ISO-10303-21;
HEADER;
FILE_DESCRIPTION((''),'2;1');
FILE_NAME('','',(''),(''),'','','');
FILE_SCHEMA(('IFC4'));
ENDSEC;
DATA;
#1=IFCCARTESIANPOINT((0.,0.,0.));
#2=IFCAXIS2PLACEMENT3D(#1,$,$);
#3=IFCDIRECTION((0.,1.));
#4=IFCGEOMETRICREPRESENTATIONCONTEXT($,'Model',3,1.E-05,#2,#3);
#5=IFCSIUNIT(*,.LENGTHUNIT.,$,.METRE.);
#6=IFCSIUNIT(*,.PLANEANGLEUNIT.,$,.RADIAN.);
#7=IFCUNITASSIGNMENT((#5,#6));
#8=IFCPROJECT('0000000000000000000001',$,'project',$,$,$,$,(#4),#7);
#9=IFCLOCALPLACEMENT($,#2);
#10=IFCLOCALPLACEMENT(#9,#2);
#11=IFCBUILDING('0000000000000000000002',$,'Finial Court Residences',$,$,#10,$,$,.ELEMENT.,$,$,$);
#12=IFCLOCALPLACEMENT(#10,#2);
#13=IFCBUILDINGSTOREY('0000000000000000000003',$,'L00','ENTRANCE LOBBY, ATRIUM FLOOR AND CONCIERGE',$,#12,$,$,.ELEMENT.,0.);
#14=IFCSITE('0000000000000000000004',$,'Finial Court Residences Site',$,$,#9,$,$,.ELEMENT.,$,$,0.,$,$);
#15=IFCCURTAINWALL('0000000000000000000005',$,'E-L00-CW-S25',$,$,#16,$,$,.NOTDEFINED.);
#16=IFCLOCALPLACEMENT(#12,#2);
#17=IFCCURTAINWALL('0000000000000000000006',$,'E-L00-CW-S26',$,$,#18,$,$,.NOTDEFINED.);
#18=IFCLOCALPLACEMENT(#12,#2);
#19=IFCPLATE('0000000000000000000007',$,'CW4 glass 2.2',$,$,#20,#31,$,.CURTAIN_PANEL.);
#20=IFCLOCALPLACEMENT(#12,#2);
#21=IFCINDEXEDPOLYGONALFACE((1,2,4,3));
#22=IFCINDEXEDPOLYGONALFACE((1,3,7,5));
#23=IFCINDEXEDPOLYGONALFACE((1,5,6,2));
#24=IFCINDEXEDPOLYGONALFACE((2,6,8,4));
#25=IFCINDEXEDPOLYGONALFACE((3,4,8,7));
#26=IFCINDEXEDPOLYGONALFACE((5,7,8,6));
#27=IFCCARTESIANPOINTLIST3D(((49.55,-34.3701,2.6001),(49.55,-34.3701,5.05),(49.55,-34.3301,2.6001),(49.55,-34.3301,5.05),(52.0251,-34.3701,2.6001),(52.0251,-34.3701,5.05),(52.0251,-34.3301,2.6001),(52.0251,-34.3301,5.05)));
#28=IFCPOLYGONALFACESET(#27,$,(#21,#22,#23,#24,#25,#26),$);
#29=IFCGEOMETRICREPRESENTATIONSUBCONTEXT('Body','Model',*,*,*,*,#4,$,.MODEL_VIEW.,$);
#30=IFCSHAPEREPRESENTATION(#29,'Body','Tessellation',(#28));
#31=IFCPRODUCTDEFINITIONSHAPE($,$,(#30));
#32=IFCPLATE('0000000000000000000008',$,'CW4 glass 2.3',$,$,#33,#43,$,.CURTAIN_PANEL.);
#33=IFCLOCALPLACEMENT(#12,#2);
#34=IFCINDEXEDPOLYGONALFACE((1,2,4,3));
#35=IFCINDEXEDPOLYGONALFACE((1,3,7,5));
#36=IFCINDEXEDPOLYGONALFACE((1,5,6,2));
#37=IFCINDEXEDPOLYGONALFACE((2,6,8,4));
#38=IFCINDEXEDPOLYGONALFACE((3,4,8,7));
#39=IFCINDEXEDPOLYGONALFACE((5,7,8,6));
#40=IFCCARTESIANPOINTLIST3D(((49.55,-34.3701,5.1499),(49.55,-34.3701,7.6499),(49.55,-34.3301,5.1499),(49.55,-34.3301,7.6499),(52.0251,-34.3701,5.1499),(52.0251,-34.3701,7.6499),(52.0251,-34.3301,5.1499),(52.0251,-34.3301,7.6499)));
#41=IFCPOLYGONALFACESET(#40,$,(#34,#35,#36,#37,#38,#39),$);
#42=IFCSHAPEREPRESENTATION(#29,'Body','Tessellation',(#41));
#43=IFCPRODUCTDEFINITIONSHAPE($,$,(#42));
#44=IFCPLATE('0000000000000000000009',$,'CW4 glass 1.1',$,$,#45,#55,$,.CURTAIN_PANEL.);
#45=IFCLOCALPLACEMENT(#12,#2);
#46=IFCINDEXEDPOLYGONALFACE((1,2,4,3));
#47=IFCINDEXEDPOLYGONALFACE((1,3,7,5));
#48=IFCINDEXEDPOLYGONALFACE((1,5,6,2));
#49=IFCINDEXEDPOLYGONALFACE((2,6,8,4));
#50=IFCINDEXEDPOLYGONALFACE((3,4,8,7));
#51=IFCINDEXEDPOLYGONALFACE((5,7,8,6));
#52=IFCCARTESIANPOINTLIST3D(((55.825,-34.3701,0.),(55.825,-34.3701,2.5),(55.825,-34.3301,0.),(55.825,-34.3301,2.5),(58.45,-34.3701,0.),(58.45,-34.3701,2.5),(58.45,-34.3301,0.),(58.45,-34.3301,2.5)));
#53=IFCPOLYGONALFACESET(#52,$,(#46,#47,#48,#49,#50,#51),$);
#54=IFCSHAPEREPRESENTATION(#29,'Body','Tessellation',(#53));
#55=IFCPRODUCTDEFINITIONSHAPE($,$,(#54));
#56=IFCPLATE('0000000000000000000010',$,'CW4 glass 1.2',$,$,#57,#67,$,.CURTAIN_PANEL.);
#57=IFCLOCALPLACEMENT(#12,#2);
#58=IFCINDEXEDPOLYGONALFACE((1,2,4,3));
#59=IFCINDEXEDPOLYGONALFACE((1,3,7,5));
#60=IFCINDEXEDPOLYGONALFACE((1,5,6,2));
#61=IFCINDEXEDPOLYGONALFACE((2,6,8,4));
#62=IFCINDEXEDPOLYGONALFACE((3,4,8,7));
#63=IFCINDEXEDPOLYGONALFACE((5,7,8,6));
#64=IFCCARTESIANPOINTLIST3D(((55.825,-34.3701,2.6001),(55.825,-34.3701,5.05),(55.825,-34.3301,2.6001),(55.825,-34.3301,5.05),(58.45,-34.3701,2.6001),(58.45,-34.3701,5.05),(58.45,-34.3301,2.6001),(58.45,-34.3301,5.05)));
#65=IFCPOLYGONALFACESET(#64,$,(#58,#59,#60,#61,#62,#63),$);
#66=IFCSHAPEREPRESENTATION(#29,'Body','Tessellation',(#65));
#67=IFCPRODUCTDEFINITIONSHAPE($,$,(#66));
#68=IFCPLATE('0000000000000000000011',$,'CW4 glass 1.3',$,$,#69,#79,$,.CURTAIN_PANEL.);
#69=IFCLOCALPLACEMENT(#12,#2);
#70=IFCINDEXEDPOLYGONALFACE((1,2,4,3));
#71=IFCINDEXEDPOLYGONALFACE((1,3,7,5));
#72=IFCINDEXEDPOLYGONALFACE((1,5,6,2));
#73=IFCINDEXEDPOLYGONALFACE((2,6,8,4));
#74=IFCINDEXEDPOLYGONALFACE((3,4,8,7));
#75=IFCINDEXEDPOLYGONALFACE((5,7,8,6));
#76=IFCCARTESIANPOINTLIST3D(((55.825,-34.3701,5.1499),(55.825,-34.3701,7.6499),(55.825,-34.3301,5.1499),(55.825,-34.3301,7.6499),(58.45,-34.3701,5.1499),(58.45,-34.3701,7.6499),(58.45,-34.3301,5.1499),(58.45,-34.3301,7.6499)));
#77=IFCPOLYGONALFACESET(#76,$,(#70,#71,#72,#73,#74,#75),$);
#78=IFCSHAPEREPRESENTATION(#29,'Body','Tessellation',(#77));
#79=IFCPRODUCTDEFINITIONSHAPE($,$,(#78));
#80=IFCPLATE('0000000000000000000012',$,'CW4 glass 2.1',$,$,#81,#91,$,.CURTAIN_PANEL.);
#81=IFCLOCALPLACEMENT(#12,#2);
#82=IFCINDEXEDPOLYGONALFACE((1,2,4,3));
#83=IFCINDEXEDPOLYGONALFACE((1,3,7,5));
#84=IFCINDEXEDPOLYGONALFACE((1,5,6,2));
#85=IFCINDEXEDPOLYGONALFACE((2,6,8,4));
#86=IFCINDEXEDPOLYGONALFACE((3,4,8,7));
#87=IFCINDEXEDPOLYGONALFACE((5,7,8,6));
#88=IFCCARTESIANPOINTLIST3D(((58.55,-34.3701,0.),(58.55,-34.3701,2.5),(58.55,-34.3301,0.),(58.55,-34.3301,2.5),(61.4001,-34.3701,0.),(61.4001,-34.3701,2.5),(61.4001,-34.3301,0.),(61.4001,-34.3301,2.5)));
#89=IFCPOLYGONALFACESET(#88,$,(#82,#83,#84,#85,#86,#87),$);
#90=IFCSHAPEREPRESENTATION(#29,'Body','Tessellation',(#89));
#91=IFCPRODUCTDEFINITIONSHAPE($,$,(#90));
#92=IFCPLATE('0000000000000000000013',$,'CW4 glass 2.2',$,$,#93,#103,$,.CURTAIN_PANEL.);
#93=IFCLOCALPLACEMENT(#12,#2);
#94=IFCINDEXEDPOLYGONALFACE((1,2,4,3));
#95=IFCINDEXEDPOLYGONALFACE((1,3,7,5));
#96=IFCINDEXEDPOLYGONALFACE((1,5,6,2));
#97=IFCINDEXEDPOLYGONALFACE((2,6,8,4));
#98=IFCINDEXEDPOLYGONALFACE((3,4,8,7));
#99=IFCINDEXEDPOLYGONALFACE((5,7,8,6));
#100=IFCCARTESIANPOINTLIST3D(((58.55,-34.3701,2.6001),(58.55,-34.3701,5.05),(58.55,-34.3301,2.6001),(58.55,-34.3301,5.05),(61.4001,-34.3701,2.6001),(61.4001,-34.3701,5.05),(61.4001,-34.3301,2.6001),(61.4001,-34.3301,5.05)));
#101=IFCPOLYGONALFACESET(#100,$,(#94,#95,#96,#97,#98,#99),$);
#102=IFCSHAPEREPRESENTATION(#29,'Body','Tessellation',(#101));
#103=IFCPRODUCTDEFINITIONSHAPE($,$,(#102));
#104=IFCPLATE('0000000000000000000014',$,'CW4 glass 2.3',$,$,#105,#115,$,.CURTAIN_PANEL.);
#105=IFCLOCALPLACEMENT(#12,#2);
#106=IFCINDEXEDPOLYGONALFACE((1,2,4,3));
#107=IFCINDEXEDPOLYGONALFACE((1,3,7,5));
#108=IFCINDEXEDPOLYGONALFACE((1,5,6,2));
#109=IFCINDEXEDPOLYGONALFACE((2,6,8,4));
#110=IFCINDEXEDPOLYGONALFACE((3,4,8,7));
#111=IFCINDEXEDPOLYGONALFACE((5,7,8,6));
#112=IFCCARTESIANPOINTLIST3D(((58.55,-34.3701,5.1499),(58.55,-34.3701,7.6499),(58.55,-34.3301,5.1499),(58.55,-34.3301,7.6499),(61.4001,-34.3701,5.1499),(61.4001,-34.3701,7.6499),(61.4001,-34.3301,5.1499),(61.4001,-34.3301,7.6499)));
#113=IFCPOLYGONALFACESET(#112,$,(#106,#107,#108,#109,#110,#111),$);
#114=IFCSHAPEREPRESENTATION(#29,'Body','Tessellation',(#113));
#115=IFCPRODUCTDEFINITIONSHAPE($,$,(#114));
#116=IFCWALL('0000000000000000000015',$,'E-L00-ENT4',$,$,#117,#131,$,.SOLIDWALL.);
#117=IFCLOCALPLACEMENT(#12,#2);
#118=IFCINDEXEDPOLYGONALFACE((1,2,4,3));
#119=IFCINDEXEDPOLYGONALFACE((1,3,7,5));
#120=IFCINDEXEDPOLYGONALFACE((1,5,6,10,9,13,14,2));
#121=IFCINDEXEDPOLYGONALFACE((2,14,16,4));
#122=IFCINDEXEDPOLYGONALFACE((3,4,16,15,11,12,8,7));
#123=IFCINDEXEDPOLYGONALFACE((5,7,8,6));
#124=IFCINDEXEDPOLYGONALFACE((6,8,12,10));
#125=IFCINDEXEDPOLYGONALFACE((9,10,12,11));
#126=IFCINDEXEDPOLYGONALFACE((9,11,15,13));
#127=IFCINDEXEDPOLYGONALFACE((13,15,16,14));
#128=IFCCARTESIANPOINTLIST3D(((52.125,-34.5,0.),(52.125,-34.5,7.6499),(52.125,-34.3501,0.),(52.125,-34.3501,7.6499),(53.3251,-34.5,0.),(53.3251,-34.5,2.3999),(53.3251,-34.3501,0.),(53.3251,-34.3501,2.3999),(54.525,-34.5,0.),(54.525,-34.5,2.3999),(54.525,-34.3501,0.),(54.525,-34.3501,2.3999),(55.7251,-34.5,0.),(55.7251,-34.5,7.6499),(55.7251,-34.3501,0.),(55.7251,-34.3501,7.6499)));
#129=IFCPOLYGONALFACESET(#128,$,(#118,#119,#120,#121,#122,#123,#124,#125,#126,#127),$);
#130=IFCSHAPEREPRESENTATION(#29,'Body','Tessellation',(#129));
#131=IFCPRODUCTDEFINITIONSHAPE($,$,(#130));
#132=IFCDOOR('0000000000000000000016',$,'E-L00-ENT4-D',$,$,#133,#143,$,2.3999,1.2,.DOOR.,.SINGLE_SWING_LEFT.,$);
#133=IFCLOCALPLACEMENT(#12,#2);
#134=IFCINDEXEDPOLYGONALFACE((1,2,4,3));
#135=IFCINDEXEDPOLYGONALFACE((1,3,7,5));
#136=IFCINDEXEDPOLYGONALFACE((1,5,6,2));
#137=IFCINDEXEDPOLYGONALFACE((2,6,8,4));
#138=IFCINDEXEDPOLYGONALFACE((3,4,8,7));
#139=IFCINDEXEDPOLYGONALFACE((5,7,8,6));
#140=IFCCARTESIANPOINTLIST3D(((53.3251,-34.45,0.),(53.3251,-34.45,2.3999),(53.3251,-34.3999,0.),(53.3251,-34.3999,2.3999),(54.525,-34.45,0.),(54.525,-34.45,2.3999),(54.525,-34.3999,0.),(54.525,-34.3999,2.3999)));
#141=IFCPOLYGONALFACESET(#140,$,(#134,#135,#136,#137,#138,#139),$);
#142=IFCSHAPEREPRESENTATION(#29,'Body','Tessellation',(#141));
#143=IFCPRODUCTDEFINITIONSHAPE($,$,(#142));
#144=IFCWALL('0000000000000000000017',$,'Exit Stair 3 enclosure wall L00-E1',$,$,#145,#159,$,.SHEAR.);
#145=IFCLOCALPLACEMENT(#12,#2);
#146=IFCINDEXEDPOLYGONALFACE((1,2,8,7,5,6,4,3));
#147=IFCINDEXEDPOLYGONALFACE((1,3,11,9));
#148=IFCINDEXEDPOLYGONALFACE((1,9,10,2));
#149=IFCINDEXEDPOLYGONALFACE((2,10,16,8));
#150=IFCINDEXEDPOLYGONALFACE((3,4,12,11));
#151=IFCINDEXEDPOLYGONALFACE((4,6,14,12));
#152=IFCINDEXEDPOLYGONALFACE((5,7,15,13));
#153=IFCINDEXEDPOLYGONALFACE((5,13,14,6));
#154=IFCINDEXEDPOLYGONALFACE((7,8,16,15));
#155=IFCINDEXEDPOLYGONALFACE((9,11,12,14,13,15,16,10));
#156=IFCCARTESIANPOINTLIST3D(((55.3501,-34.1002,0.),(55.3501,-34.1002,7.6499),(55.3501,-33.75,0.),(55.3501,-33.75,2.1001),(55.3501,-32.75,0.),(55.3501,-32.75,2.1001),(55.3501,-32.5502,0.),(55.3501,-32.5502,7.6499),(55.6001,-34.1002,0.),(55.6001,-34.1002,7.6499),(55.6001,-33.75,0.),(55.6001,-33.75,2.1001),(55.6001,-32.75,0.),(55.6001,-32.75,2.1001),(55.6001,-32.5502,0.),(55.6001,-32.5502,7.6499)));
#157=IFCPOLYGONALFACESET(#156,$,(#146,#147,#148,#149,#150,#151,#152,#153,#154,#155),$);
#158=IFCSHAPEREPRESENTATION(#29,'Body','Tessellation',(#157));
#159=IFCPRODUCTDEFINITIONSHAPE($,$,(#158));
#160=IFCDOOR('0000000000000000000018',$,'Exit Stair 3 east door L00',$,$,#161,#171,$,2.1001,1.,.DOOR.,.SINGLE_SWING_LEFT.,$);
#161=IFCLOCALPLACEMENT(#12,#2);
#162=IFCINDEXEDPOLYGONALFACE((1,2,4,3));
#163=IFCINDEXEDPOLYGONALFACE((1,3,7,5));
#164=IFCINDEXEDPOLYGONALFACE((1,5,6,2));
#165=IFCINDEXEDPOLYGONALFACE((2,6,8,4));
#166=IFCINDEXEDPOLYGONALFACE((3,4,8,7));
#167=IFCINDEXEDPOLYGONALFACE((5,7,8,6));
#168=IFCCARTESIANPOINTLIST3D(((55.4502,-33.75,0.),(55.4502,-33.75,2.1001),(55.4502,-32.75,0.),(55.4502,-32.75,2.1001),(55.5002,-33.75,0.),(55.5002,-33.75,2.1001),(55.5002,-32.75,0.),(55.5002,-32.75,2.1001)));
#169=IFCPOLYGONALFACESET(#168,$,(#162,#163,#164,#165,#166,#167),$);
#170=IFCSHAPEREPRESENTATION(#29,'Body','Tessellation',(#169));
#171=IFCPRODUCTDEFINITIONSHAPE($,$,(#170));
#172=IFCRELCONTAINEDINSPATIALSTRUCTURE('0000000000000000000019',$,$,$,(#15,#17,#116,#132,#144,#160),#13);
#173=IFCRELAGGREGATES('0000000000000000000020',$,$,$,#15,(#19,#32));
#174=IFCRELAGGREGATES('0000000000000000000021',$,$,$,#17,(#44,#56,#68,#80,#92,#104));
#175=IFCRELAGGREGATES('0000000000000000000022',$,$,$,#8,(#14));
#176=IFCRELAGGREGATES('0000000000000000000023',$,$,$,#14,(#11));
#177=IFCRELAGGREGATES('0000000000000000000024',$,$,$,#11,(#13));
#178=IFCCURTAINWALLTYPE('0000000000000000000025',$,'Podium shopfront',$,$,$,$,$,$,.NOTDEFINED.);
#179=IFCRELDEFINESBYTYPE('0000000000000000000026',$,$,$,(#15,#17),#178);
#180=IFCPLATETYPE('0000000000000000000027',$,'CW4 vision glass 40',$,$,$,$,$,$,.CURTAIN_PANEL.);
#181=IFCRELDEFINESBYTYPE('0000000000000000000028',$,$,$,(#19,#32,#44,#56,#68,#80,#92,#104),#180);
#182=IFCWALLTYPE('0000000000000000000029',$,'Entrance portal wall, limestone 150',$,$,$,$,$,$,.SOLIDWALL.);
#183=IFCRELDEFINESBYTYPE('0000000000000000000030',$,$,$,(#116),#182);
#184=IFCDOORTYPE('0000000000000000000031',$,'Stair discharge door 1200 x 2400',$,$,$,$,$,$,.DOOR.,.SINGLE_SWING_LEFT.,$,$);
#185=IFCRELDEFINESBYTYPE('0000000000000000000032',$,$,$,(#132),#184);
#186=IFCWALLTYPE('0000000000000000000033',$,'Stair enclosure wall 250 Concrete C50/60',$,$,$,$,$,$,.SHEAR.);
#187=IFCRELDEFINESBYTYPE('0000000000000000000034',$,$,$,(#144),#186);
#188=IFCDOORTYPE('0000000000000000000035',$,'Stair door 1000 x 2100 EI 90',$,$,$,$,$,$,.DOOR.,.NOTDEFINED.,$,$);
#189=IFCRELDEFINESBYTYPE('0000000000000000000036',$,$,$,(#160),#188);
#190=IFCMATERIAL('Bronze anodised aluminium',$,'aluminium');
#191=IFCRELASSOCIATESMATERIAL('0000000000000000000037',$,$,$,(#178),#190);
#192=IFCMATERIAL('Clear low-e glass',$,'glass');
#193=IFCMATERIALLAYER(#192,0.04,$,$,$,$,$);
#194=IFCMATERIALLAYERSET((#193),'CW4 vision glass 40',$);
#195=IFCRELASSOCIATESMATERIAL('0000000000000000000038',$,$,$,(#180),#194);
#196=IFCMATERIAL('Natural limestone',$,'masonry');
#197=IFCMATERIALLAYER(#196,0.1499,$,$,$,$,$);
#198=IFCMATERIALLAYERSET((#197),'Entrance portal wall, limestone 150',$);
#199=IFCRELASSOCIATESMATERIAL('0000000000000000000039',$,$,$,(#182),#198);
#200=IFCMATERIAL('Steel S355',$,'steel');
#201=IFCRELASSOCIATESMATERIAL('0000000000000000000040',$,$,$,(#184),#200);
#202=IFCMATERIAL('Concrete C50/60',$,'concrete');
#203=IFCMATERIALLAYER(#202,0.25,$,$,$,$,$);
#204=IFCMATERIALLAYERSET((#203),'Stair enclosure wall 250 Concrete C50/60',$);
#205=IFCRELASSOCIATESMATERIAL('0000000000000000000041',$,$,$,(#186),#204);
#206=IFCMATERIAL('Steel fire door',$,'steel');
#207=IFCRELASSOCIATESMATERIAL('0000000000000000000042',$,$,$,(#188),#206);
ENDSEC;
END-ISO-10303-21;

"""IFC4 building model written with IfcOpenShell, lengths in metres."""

from ifc_helpers import new_model, si_unit, direction, frame, frame_2d, origin, origin_2d, place, context, subcontext, project, spatial, rectangle, extrude, material, layer, layer_set, type_object, element, fill, aggregate, save


model = new_model("IFC4")

# Units and contexts
model_context = context("Model", 3, precision=1e-05, world=origin(), true_north=direction((0.0, 1.0)))
body_context = subcontext(model_context, "Body", "Model", "MODEL_VIEW")
ifc_project = project(units=[si_unit("LENGTHUNIT", "METRE"), si_unit("PLANEANGLEUNIT", "RADIAN")], contexts=[model_context])

# Site, building, storey
site_placement = place(None, origin())
site = spatial("IfcSite", under=ifc_project, at=site_placement, Name="Finial Court Residences Site", CompositionType="ELEMENT", RefElevation=0.0)
building_placement = place(site_placement, origin())
building = spatial("IfcBuilding", under=site, at=building_placement, Name="Finial Court Residences", CompositionType="ELEMENT")
storey_placement = place(building_placement, origin())
storey = spatial("IfcBuildingStorey", under=building, at=storey_placement, Name="L00", Description="ENTRANCE LOBBY, ATRIUM FLOOR AND CONCIERGE", CompositionType="ELEMENT", Elevation=0.0)

# Curtain wall
ifc_material_1 = material(Name="Bronze anodised aluminium", Category="aluminium")
curtain_wall_type = type_object("IfcCurtainWallType", Name="Podium shopfront", PredefinedType="NOTDEFINED", material=ifc_material_1)
curtain_wall_1_placement = place(storey_placement, origin())
curtain_wall_1 = element("IfcCurtainWall", 1, at=curtain_wall_1_placement, inside=storey, type_object=curtain_wall_type, Name="E-L00-CW-S25", PredefinedType="NOTDEFINED")

# Curtain wall
curtain_wall_2_placement = place(storey_placement, origin())
curtain_wall_2 = element("IfcCurtainWall", 2, at=curtain_wall_2_placement, inside=storey, type_object=curtain_wall_type, Name="E-L00-CW-S26", PredefinedType="NOTDEFINED")

# Plates
ifc_material_2 = material(Name="Clear low-e glass", Category="glass")
ifc_layer_1 = layer(ifc_material_2, 0.04)
ifc_layer_set_1 = layer_set([ifc_layer_1], Name="CW4 vision glass 40")
plate_type = type_object("IfcPlateType", Name="CW4 vision glass 40", PredefinedType="CURTAIN_PANEL", material=ifc_layer_set_1)
plate_1_placement = place(storey_placement, frame((50.7876, -34.3501, 2.6001), z_axis=(0.0, 0.0, 1.0), x_axis=(1.0, 0.0, 0.0)))
plate_1 = element("IfcPlate", 3, at=plate_1_placement, type_object=plate_type, Name="CW4 glass 2.2", PredefinedType="CURTAIN_PANEL", context=body_context, shape_type="SweptSolid", body=[
    extrude(rectangle(XDim=2.4751, YDim=0.04, at=origin_2d()), origin(), (0.0, 0.0, 1.0), 2.45),
])
plate_2_placement = place(storey_placement, frame((50.7876, -34.3501, 5.1499), z_axis=(0.0, 0.0, 1.0), x_axis=(1.0, 0.0, 0.0)))
plate_2 = element("IfcPlate", 4, at=plate_2_placement, type_object=plate_type, Name="CW4 glass 2.3", PredefinedType="CURTAIN_PANEL", context=body_context, shape_type="SweptSolid", body=[
    extrude(rectangle(XDim=2.4751, YDim=0.04, at=origin_2d()), origin(), (0.0, 0.0, 1.0), 2.5),
])
aggregate(curtain_wall_1, [plate_1, plate_2])
plate_3_placement = place(storey_placement, frame((57.1375, -34.3501, 0.0), z_axis=(0.0, 0.0, 1.0), x_axis=(1.0, 0.0, 0.0)))
plate_3 = element("IfcPlate", 5, at=plate_3_placement, type_object=plate_type, Name="CW4 glass 1.1", PredefinedType="CURTAIN_PANEL", context=body_context, shape_type="SweptSolid", body=[
    extrude(rectangle(XDim=2.625, YDim=0.04, at=origin_2d()), origin(), (0.0, 0.0, 1.0), 2.5),
])
plate_4_placement = place(storey_placement, frame((57.1375, -34.3501, 2.6001), z_axis=(0.0, 0.0, 1.0), x_axis=(1.0, 0.0, 0.0)))
plate_4 = element("IfcPlate", 6, at=plate_4_placement, type_object=plate_type, Name="CW4 glass 1.2", PredefinedType="CURTAIN_PANEL", context=body_context, shape_type="SweptSolid", body=[
    extrude(rectangle(XDim=2.625, YDim=0.04, at=origin_2d()), origin(), (0.0, 0.0, 1.0), 2.45),
])
plate_5_placement = place(storey_placement, frame((57.1375, -34.3501, 5.1499), z_axis=(0.0, 0.0, 1.0), x_axis=(1.0, 0.0, 0.0)))
plate_5 = element("IfcPlate", 7, at=plate_5_placement, type_object=plate_type, Name="CW4 glass 1.3", PredefinedType="CURTAIN_PANEL", context=body_context, shape_type="SweptSolid", body=[
    extrude(rectangle(XDim=2.625, YDim=0.04, at=origin_2d()), origin(), (0.0, 0.0, 1.0), 2.5),
])
plate_6_placement = place(storey_placement, frame((59.9751, -34.3501, 0.0), z_axis=(0.0, 0.0, 1.0), x_axis=(1.0, 0.0, 0.0)))
plate_6 = element("IfcPlate", 8, at=plate_6_placement, type_object=plate_type, Name="CW4 glass 2.1", PredefinedType="CURTAIN_PANEL", context=body_context, shape_type="SweptSolid", body=[
    extrude(rectangle(XDim=2.8501, YDim=0.04, at=origin_2d()), origin(), (0.0, 0.0, 1.0), 2.5),
])
plate_7_placement = place(storey_placement, frame((59.9751, -34.3501, 2.6001), z_axis=(0.0, 0.0, 1.0), x_axis=(1.0, 0.0, 0.0)))
plate_7 = element("IfcPlate", 9, at=plate_7_placement, type_object=plate_type, Name="CW4 glass 2.2", PredefinedType="CURTAIN_PANEL", context=body_context, shape_type="SweptSolid", body=[
    extrude(rectangle(XDim=2.8501, YDim=0.04, at=origin_2d()), origin(), (0.0, 0.0, 1.0), 2.45),
])
plate_8_placement = place(storey_placement, frame((59.9751, -34.3501, 5.1499), z_axis=(0.0, 0.0, 1.0), x_axis=(1.0, 0.0, 0.0)))
plate_8 = element("IfcPlate", 10, at=plate_8_placement, type_object=plate_type, Name="CW4 glass 2.3", PredefinedType="CURTAIN_PANEL", context=body_context, shape_type="SweptSolid", body=[
    extrude(rectangle(XDim=2.8501, YDim=0.04, at=origin_2d()), origin(), (0.0, 0.0, 1.0), 2.5),
])
aggregate(curtain_wall_2, [plate_3, plate_4, plate_5, plate_6, plate_7, plate_8])

# Walls, openings, doors
ifc_material_3 = material(Name="Natural limestone", Category="masonry")
ifc_layer_2 = layer(ifc_material_3, 0.1499)
ifc_layer_set_2 = layer_set([ifc_layer_2], Name="Entrance portal wall, limestone 150")
wall_type_1 = type_object("IfcWallType", Name="Entrance portal wall, limestone 150", PredefinedType="SOLIDWALL", material=ifc_layer_set_2)
wall_1_placement = place(storey_placement, frame((55.7251, -34.425, 0.0), z_axis=(0.0, 0.0, 1.0), x_axis=(-1.0, 0.0, 0.0)))
wall_1 = element("IfcWall", 11, at=wall_1_placement, inside=storey, type_object=wall_type_1, Name="E-L00-ENT4", PredefinedType="SOLIDWALL", context=body_context, shape_type="SweptSolid", body=[
    extrude(rectangle(XDim=3.6001, YDim=0.1499, at=frame_2d((1.8, 0.0))), origin(), (0.0, 0.0, 1.0), 7.6499),
])
opening_1_placement = place(wall_1_placement, frame((1.2, 0.0, 0.0)))
opening_1 = element("IfcOpeningElement", 12, at=opening_1_placement, cuts=wall_1, PredefinedType="OPENING", context=body_context, shape_type="SweptSolid", body=[
    extrude(rectangle(XDim=1.2, YDim=2.3999, at=frame_2d((0.6001, 1.2))), frame((0.0, 0.085, 0.0), z_axis=(0.0, -1.0, 0.0), x_axis=(1.0, 0.0, 0.0)), (0.0, 0.0, 1.0), 0.1699),
])
ifc_material_4 = material(Name="Steel S355", Category="steel")
door_type_1 = type_object("IfcDoorType", Name="Stair discharge door 1200 x 2400", OperationType="SINGLE_SWING_LEFT", PredefinedType="DOOR", material=ifc_material_4)
door_1_placement = place(opening_1_placement, origin())
door_1 = element("IfcDoor", 13, at=door_1_placement, inside=storey, type_object=door_type_1, Name="E-L00-ENT4-D", OperationType="SINGLE_SWING_LEFT", OverallHeight=2.3999, OverallWidth=1.2, PredefinedType="DOOR", context=body_context, shape_type="SweptSolid", body=[
    extrude(rectangle(XDim=1.2, YDim=2.3999, at=frame_2d((0.6001, 1.2))), frame((0.0, 0.0249, 0.0), z_axis=(0.0, -1.0, 0.0), x_axis=(1.0, 0.0, 0.0)), (0.0, 0.0, 1.0), 0.05),
])
fill(opening_1, door_1)
ifc_material_5 = material(Name="Concrete C50/60", Category="concrete")
ifc_layer_3 = layer(ifc_material_5, 0.25)
ifc_layer_set_3 = layer_set([ifc_layer_3], Name="Stair enclosure wall 250 Concrete C50/60")
wall_type_2 = type_object("IfcWallType", Name="Stair enclosure wall 250 Concrete C50/60", PredefinedType="SHEAR", material=ifc_layer_set_3)
wall_2_placement = place(storey_placement, frame((55.4751, -34.1001, 0.0), z_axis=(0.0, 0.0, 1.0), x_axis=(0.0, 1.0, 0.0)))
wall_2 = element("IfcWall", 14, at=wall_2_placement, inside=storey, type_object=wall_type_2, Name="Exit Stair 3 enclosure wall L00-E1", PredefinedType="SHEAR", context=body_context, shape_type="SweptSolid", body=[
    extrude(rectangle(XDim=1.55, YDim=0.25, at=frame_2d((0.7749, 0.0))), origin(), (0.0, 0.0, 1.0), 7.6499),
])
opening_2_placement = place(wall_2_placement, frame((0.3501, 0.0, 0.0)))
opening_2 = element("IfcOpeningElement", 15, at=opening_2_placement, cuts=wall_2, PredefinedType="OPENING", context=body_context, shape_type="SweptSolid", body=[
    extrude(rectangle(XDim=1.0, YDim=2.1001, at=frame_2d((0.5, 1.05))), frame((0.0, 0.135, 0.0), z_axis=(0.0, -1.0, 0.0), x_axis=(1.0, 0.0, 0.0)), (0.0, 0.0, 1.0), 0.27),
])
ifc_material_6 = material(Name="Steel fire door", Category="steel")
door_type_2 = type_object("IfcDoorType", Name="Stair door 1000 x 2100 EI 90", OperationType="NOTDEFINED", PredefinedType="DOOR", material=ifc_material_6)
door_2_placement = place(opening_2_placement, origin())
door_2 = element("IfcDoor", 16, at=door_2_placement, inside=storey, type_object=door_type_2, Name="Exit Stair 3 east door L00", OperationType="SINGLE_SWING_LEFT", OverallHeight=2.1001, OverallWidth=1.0, PredefinedType="DOOR", context=body_context, shape_type="SweptSolid", body=[
    extrude(rectangle(XDim=1.0, YDim=2.1001, at=frame_2d((0.5, 1.05))), frame((0.0, 0.0249, 0.0), z_axis=(0.0, -1.0, 0.0), x_axis=(1.0, 0.0, 0.0)), (0.0, 0.0, 1.0), 0.05),
])
fill(opening_2, door_2)

save(model, "model.ifc")
